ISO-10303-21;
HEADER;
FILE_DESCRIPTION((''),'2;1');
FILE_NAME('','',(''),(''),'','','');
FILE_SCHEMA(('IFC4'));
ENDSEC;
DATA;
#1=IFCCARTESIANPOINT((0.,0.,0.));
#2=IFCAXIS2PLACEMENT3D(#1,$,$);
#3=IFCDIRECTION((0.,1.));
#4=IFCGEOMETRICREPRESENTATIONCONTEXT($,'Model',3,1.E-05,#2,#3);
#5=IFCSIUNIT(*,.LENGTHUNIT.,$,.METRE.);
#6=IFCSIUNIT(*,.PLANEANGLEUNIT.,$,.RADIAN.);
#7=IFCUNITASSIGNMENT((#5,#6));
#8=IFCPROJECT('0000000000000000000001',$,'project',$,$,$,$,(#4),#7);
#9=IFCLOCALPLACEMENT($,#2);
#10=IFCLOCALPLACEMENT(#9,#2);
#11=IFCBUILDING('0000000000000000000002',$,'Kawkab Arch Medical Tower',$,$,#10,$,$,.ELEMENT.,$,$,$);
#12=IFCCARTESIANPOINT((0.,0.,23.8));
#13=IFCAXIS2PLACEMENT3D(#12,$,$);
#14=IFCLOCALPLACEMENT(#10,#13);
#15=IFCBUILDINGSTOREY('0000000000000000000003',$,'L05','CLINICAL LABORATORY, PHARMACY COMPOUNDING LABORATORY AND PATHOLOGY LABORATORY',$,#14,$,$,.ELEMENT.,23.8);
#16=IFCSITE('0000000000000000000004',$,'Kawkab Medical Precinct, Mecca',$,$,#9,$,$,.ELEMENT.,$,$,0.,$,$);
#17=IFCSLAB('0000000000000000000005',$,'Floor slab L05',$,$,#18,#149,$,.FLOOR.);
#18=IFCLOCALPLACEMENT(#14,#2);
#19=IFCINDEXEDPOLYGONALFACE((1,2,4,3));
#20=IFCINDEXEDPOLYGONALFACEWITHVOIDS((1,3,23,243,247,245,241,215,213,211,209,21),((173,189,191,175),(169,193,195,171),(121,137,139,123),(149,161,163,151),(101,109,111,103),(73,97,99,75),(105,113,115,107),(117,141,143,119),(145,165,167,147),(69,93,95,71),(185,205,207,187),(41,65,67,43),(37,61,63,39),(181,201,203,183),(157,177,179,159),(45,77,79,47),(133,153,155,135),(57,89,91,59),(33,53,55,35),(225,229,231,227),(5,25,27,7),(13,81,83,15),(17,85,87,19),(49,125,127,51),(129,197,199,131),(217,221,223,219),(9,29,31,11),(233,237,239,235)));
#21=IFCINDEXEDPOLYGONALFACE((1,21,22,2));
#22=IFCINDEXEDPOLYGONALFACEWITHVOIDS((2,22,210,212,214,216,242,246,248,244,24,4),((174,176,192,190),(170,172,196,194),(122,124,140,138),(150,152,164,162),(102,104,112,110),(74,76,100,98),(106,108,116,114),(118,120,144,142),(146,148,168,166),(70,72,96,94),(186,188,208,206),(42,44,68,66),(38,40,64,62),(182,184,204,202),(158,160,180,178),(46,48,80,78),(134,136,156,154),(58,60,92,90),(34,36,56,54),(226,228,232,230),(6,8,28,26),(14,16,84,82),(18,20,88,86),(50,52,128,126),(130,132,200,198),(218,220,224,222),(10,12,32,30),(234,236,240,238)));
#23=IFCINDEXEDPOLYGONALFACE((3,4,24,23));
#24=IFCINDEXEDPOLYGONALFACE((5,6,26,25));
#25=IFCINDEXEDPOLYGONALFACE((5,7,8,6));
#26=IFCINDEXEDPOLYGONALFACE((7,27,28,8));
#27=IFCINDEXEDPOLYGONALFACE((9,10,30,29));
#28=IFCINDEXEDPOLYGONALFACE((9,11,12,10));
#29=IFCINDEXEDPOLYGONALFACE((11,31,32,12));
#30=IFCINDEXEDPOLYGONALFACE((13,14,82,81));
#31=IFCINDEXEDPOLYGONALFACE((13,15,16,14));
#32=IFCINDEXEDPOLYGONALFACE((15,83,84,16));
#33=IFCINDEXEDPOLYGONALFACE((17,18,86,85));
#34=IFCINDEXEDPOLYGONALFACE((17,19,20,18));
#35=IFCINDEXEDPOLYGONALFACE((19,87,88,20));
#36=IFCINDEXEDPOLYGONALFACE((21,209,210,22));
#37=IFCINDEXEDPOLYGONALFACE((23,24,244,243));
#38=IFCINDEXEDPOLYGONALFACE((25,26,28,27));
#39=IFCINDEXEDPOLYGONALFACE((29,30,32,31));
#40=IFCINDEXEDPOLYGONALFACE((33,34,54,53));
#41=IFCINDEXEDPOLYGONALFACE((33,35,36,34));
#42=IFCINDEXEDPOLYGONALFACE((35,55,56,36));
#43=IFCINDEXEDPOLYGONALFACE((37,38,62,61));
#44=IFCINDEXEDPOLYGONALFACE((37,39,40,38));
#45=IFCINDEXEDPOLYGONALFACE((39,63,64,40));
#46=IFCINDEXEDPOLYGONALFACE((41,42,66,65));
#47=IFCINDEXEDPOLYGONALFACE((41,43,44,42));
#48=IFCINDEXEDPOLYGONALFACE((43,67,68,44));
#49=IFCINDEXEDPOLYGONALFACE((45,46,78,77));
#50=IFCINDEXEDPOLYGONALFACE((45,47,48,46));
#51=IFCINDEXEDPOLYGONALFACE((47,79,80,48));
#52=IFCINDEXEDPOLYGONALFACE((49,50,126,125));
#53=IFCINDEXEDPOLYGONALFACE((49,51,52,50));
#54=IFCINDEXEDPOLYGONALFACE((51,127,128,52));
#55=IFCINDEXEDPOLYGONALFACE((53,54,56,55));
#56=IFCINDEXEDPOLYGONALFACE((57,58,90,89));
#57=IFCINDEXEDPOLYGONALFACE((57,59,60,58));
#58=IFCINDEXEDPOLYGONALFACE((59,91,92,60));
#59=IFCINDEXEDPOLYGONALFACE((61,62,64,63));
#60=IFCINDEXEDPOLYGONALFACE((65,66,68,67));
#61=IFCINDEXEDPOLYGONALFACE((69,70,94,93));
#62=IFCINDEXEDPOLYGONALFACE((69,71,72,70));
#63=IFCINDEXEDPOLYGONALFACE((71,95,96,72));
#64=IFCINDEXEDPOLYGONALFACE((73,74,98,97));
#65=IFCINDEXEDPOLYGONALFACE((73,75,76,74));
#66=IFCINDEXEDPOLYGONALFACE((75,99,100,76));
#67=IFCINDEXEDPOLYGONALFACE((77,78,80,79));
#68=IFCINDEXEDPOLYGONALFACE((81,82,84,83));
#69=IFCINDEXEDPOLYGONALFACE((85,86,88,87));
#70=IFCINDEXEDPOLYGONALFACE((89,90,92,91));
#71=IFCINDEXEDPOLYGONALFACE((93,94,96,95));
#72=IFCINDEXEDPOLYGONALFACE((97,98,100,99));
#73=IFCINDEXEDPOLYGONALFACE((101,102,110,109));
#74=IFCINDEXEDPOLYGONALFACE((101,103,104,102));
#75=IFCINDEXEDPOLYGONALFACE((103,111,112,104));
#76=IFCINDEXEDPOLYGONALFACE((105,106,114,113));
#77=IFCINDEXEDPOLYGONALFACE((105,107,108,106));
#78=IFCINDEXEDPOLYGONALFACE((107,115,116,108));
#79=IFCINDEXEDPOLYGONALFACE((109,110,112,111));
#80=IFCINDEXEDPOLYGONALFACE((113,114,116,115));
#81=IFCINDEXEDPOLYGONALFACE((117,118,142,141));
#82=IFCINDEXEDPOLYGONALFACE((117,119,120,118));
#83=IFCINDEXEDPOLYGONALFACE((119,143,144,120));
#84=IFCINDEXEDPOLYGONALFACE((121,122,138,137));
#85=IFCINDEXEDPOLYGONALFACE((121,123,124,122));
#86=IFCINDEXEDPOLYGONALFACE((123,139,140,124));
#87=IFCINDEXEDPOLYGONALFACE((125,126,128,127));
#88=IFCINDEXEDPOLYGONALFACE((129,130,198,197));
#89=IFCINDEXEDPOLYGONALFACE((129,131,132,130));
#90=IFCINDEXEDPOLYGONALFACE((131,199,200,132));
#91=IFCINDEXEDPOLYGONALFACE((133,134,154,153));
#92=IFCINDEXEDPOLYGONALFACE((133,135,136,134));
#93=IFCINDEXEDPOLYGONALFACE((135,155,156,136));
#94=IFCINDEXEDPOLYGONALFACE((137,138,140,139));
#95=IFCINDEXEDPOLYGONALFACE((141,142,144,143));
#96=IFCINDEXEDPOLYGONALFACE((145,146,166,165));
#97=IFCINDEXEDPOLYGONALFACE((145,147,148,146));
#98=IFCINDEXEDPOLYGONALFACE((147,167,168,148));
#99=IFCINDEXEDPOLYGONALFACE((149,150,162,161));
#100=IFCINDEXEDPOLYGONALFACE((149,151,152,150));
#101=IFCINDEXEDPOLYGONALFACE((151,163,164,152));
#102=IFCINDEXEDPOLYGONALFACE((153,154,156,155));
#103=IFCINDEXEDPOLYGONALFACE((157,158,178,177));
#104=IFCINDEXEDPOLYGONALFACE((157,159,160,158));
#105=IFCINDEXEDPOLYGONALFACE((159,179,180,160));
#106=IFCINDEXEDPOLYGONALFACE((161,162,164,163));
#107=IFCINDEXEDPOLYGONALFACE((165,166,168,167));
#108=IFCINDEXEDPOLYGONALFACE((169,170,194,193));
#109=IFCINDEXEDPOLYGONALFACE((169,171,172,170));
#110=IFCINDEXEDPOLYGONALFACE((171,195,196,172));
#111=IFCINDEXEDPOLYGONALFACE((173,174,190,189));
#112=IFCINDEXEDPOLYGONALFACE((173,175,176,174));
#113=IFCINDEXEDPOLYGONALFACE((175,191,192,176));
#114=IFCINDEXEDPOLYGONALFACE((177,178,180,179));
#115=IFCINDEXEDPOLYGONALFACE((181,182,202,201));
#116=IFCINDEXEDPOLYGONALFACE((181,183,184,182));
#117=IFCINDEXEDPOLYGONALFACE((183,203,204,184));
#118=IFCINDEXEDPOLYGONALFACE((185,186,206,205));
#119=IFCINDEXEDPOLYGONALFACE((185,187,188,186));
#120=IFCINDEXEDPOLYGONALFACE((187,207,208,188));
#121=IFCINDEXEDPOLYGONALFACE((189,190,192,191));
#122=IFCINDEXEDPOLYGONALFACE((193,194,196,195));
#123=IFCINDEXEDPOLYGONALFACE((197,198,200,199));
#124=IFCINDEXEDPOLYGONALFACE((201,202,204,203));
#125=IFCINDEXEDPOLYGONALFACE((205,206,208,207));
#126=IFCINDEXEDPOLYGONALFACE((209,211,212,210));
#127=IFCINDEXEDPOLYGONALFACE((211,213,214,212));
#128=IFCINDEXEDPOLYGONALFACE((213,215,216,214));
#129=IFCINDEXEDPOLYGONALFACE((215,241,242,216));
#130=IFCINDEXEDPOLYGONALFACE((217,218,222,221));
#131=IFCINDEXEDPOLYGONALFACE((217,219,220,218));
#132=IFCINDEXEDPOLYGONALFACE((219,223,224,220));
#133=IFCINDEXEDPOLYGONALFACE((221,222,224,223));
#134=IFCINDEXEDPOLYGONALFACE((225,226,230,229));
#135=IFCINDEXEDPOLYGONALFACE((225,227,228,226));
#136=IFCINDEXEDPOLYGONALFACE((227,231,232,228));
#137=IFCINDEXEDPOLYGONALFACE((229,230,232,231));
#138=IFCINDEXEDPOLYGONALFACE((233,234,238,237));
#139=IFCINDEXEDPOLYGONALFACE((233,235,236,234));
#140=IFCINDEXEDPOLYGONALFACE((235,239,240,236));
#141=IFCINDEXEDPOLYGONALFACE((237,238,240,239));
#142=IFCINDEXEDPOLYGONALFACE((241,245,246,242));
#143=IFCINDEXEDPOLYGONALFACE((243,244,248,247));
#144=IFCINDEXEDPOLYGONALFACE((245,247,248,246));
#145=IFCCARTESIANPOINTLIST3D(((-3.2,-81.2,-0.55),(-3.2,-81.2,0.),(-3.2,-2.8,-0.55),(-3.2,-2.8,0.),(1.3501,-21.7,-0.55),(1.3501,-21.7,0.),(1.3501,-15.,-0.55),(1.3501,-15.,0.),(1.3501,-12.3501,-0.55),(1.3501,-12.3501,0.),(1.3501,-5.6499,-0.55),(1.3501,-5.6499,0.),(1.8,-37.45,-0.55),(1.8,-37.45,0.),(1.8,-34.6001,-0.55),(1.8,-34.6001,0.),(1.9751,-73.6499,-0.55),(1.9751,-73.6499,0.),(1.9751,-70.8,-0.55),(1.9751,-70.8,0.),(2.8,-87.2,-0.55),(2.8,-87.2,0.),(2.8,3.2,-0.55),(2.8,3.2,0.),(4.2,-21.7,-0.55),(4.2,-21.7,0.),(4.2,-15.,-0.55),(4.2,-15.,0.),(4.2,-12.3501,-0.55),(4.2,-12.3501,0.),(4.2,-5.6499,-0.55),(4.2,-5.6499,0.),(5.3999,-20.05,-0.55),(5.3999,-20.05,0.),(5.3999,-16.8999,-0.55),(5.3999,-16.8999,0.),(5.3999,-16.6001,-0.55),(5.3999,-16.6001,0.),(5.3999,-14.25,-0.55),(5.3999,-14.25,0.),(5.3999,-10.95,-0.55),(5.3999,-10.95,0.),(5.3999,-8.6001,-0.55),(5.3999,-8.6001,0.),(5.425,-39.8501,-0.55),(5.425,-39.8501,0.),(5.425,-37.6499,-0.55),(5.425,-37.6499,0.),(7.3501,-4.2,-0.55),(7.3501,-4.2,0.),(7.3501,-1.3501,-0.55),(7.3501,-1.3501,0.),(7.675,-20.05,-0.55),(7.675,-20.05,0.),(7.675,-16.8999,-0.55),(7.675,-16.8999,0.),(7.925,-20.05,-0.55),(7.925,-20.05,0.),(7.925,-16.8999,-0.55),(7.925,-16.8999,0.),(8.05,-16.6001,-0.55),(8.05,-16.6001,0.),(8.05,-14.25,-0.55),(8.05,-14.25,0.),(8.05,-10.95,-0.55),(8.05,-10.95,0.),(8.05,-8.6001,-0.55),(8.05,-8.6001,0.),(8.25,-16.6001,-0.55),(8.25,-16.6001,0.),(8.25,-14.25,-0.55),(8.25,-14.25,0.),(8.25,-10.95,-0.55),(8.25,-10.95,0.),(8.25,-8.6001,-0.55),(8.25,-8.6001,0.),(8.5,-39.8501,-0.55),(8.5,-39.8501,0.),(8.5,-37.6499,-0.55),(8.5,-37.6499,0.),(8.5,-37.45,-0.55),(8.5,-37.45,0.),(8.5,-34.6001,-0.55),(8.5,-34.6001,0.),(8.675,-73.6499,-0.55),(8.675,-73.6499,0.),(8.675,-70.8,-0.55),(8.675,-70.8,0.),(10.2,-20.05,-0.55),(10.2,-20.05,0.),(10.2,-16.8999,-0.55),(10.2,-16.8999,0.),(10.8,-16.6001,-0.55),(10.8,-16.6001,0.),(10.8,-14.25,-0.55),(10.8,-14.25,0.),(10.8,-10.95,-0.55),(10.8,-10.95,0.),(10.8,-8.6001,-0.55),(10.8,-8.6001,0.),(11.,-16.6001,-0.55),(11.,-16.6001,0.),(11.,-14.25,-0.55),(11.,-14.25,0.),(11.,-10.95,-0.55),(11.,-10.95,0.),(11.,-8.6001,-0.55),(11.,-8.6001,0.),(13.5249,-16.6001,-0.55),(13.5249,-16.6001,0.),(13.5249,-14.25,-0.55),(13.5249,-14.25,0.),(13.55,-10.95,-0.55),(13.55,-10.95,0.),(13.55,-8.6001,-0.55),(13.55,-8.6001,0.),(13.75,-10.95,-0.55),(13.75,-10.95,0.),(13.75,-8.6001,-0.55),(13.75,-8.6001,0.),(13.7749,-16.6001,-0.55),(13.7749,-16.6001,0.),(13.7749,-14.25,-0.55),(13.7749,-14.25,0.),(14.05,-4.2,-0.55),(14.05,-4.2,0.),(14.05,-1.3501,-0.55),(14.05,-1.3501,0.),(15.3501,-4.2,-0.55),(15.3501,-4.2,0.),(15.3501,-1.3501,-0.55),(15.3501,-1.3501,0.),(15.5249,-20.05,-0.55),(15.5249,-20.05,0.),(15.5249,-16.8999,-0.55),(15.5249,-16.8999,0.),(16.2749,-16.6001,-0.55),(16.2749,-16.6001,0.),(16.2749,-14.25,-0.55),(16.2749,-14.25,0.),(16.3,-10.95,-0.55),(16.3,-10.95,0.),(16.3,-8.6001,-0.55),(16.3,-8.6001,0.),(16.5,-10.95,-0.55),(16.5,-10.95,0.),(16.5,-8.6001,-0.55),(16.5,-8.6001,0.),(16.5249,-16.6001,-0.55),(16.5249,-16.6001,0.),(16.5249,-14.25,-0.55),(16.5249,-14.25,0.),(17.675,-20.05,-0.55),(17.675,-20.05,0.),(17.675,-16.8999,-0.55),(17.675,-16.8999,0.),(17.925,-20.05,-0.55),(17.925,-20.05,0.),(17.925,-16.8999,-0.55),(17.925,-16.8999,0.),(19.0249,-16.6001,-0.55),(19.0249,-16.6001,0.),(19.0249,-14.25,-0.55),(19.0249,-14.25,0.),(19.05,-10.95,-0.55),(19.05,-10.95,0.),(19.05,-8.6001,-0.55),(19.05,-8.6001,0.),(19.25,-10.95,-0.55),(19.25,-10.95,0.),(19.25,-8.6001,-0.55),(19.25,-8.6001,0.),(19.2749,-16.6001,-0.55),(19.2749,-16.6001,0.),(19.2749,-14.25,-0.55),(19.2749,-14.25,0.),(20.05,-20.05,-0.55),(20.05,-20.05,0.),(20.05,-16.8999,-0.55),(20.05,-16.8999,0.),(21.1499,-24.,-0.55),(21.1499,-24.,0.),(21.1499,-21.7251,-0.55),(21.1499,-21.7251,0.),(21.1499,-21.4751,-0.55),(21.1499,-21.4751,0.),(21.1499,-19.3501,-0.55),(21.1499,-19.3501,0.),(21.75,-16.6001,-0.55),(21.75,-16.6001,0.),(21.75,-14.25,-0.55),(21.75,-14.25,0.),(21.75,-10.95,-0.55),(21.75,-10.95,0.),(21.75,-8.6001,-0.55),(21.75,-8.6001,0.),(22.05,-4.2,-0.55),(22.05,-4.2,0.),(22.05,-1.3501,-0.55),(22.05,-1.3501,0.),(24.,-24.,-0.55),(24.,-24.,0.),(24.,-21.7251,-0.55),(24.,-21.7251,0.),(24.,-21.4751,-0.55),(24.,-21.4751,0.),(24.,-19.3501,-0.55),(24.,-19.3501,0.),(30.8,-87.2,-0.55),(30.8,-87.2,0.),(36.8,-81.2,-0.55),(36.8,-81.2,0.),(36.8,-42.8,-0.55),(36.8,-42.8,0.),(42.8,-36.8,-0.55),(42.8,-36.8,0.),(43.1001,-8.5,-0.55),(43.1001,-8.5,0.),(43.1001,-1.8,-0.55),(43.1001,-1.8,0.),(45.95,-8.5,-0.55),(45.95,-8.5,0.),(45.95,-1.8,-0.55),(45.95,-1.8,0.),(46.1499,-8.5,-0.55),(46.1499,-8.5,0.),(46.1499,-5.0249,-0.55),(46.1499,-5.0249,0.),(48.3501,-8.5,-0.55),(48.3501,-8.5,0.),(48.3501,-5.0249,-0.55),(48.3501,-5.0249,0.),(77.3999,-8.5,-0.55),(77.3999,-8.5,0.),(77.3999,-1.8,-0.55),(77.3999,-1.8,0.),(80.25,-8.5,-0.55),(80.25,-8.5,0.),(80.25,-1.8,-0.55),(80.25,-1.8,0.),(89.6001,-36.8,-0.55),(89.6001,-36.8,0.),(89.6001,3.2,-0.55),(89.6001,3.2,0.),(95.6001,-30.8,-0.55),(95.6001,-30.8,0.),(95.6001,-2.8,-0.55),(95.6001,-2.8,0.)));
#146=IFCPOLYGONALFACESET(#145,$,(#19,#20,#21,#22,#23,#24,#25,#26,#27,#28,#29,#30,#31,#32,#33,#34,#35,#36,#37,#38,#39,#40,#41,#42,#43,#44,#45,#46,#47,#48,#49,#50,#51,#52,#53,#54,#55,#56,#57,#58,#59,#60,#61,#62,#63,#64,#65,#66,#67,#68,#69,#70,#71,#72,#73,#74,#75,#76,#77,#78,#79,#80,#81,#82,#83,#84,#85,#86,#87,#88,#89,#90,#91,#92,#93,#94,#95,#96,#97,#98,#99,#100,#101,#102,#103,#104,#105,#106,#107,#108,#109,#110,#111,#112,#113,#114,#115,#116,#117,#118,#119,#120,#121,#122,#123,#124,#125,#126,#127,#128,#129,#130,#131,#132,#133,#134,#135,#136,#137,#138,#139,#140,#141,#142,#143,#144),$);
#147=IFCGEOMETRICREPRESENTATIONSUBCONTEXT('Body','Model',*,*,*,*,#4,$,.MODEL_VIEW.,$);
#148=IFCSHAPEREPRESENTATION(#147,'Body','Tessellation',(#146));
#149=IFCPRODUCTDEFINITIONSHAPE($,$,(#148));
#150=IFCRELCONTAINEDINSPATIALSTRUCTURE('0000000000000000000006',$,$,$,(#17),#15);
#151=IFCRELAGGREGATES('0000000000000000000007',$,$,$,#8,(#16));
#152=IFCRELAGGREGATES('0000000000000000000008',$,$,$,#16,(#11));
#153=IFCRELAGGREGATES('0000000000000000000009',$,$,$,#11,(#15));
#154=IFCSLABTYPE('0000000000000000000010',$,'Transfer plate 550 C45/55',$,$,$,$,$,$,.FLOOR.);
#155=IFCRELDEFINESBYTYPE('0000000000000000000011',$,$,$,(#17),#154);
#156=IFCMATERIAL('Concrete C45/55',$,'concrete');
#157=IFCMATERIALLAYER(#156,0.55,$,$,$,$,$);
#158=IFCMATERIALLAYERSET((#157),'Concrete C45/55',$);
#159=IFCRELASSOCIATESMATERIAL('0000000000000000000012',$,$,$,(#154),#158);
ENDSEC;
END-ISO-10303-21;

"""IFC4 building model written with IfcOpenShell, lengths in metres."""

from ifc_helpers import new_model, si_unit, direction, frame, origin, place, context, subcontext, project, spatial, polyline, outline, extrude, material, layer, layer_set, type_object, element, save


model = new_model("IFC4")

# Units and contexts
model_context = context("Model", 3, precision=1e-05, world=origin(), true_north=direction((0.0, 1.0)))
body_context = subcontext(model_context, "Body", "Model", "MODEL_VIEW")
ifc_project = project(units=[si_unit("LENGTHUNIT", "METRE"), si_unit("PLANEANGLEUNIT", "RADIAN")], contexts=[model_context])

# Site, building, storey
site_placement = place(None, origin())
site = spatial("IfcSite", under=ifc_project, at=site_placement, Name="Kawkab Medical Precinct, Mecca", CompositionType="ELEMENT", RefElevation=0.0)
building_placement = place(site_placement, origin())
building = spatial("IfcBuilding", under=site, at=building_placement, Name="Kawkab Arch Medical Tower", CompositionType="ELEMENT")
storey_placement = place(building_placement, frame((0.0, 0.0, 23.8)))
storey = spatial("IfcBuildingStorey", under=building, at=storey_placement, Name="L05", Description="CLINICAL LABORATORY, PHARMACY COMPOUNDING LABORATORY AND PATHOLOGY LABORATORY", CompositionType="ELEMENT", Elevation=23.8)

# Slab
ifc_material_1 = material(Name="Concrete C45/55", Category="concrete")
ifc_layer_1 = layer(ifc_material_1, 0.55)
ifc_layer_set_1 = layer_set([ifc_layer_1], Name="Concrete C45/55")
slab_type = type_object("IfcSlabType", Name="Transfer plate 550 C45/55", PredefinedType="FLOOR", material=ifc_layer_set_1)
slab_placement = place(storey_placement, frame((0.0, 0.0, -0.55)))
element("IfcSlab", 1, at=slab_placement, inside=storey, type_object=slab_type, Name="Floor slab L05", PredefinedType="FLOOR", context=body_context, shape_type="SweptSolid", body=[
    extrude(outline(polyline([(2.8, 3.2), (89.6001, 3.2), (95.6001, -2.8), (95.6001, -30.8), (89.6001, -36.8), (42.8, -36.8), (36.8, -42.8), (36.8, -81.2), (30.8, -87.2), (2.8, -87.2), (-3.2, -81.2), (-3.2, -2.8), (2.8, 3.2)]), holes=[polyline([(8.675, -73.6499), (8.675, -70.8), (1.9751, -70.8), (1.9751, -73.6499), (8.675, -73.6499)]), polyline([(8.5, -37.6499), (5.425, -37.6499), (5.425, -39.8501), (8.5, -39.8501), (8.5, -37.6499)]), polyline([(1.8, -37.45), (8.5, -37.45), (8.5, -34.6001), (1.8, -34.6001), (1.8, -37.45)]), polyline([(5.3999, -16.8999), (5.3999, -20.05), (7.675, -20.05), (7.675, -16.8999), (5.3999, -16.8999)]), polyline([(10.2, -20.05), (10.2, -16.8999), (7.925, -16.8999), (7.925, -20.05), (10.2, -20.05)]), polyline([(4.2, -21.7), (4.2, -15.0), (1.3501, -15.0), (1.3501, -21.7), (4.2, -21.7)]), polyline([(5.3999, -14.25), (5.3999, -16.6001), (8.05, -16.6001), (8.05, -14.25), (5.3999, -14.25)]), polyline([(8.25, -14.25), (8.25, -16.6001), (10.8, -16.6001), (10.8, -14.25), (8.25, -14.25)]), polyline([(13.5249, -16.6001), (13.5249, -14.25), (11.0, -14.25), (11.0, -16.6001), (13.5249, -16.6001)]), polyline([(5.3999, -8.6001), (5.3999, -10.95), (8.05, -10.95), (8.05, -8.6001), (5.3999, -8.6001)]), polyline([(8.25, -8.6001), (8.25, -10.95), (10.8, -10.95), (10.8, -8.6001), (8.25, -8.6001)]), polyline([(13.55, -8.6001), (11.0, -8.6001), (11.0, -10.95), (13.55, -10.95), (13.55, -8.6001)]), polyline([(4.2, -12.3501), (4.2, -5.6499), (1.3501, -5.6499), (1.3501, -12.3501), (4.2, -12.3501)]), polyline([(7.3501, -4.2), (14.05, -4.2), (14.05, -1.3501), (7.3501, -1.3501), (7.3501, -4.2)]), polyline([(24.0, -21.7251), (21.1499, -21.7251), (21.1499, -24.0), (24.0, -24.0), (24.0, -21.7251)]), polyline([(24.0, -21.4751), (24.0, -19.3501), (21.1499, -19.3501), (21.1499, -21.4751), (24.0, -21.4751)]), polyline([(17.675, -16.8999), (15.5249, -16.8999), (15.5249, -20.05), (17.675, -20.05), (17.675, -16.8999)]), polyline([(17.925, -16.8999), (17.925, -20.05), (20.05, -20.05), (20.05, -16.8999), (17.925, -16.8999)]), polyline([(16.2749, -16.6001), (16.2749, -14.25), (13.7749, -14.25), (13.7749, -16.6001), (16.2749, -16.6001)]), polyline([(16.5249, -14.25), (16.5249, -16.6001), (19.0249, -16.6001), (19.0249, -14.25), (16.5249, -14.25)]), polyline([(21.75, -14.25), (19.2749, -14.25), (19.2749, -16.6001), (21.75, -16.6001), (21.75, -14.25)]), polyline([(13.75, -8.6001), (13.75, -10.95), (16.3, -10.95), (16.3, -8.6001), (13.75, -8.6001)]), polyline([(16.5, -10.95), (19.05, -10.95), (19.05, -8.6001), (16.5, -8.6001), (16.5, -10.95)]), polyline([(19.25, -8.6001), (19.25, -10.95), (21.75, -10.95), (21.75, -8.6001), (19.25, -8.6001)]), polyline([(46.1499, -5.0249), (46.1499, -8.5), (48.3501, -8.5), (48.3501, -5.0249), (46.1499, -5.0249)]), polyline([(43.1001, -1.8), (43.1001, -8.5), (45.95, -8.5), (45.95, -1.8), (43.1001, -1.8)]), polyline([(77.3999, -1.8), (77.3999, -8.5), (80.25, -8.5), (80.25, -1.8), (77.3999, -1.8)]), polyline([(22.05, -1.3501), (15.3501, -1.3501), (15.3501, -4.2), (22.05, -4.2), (22.05, -1.3501)])]), origin(), (0.0, 0.0, 1.0), 0.55),
])

save(model, "model.ifc")
